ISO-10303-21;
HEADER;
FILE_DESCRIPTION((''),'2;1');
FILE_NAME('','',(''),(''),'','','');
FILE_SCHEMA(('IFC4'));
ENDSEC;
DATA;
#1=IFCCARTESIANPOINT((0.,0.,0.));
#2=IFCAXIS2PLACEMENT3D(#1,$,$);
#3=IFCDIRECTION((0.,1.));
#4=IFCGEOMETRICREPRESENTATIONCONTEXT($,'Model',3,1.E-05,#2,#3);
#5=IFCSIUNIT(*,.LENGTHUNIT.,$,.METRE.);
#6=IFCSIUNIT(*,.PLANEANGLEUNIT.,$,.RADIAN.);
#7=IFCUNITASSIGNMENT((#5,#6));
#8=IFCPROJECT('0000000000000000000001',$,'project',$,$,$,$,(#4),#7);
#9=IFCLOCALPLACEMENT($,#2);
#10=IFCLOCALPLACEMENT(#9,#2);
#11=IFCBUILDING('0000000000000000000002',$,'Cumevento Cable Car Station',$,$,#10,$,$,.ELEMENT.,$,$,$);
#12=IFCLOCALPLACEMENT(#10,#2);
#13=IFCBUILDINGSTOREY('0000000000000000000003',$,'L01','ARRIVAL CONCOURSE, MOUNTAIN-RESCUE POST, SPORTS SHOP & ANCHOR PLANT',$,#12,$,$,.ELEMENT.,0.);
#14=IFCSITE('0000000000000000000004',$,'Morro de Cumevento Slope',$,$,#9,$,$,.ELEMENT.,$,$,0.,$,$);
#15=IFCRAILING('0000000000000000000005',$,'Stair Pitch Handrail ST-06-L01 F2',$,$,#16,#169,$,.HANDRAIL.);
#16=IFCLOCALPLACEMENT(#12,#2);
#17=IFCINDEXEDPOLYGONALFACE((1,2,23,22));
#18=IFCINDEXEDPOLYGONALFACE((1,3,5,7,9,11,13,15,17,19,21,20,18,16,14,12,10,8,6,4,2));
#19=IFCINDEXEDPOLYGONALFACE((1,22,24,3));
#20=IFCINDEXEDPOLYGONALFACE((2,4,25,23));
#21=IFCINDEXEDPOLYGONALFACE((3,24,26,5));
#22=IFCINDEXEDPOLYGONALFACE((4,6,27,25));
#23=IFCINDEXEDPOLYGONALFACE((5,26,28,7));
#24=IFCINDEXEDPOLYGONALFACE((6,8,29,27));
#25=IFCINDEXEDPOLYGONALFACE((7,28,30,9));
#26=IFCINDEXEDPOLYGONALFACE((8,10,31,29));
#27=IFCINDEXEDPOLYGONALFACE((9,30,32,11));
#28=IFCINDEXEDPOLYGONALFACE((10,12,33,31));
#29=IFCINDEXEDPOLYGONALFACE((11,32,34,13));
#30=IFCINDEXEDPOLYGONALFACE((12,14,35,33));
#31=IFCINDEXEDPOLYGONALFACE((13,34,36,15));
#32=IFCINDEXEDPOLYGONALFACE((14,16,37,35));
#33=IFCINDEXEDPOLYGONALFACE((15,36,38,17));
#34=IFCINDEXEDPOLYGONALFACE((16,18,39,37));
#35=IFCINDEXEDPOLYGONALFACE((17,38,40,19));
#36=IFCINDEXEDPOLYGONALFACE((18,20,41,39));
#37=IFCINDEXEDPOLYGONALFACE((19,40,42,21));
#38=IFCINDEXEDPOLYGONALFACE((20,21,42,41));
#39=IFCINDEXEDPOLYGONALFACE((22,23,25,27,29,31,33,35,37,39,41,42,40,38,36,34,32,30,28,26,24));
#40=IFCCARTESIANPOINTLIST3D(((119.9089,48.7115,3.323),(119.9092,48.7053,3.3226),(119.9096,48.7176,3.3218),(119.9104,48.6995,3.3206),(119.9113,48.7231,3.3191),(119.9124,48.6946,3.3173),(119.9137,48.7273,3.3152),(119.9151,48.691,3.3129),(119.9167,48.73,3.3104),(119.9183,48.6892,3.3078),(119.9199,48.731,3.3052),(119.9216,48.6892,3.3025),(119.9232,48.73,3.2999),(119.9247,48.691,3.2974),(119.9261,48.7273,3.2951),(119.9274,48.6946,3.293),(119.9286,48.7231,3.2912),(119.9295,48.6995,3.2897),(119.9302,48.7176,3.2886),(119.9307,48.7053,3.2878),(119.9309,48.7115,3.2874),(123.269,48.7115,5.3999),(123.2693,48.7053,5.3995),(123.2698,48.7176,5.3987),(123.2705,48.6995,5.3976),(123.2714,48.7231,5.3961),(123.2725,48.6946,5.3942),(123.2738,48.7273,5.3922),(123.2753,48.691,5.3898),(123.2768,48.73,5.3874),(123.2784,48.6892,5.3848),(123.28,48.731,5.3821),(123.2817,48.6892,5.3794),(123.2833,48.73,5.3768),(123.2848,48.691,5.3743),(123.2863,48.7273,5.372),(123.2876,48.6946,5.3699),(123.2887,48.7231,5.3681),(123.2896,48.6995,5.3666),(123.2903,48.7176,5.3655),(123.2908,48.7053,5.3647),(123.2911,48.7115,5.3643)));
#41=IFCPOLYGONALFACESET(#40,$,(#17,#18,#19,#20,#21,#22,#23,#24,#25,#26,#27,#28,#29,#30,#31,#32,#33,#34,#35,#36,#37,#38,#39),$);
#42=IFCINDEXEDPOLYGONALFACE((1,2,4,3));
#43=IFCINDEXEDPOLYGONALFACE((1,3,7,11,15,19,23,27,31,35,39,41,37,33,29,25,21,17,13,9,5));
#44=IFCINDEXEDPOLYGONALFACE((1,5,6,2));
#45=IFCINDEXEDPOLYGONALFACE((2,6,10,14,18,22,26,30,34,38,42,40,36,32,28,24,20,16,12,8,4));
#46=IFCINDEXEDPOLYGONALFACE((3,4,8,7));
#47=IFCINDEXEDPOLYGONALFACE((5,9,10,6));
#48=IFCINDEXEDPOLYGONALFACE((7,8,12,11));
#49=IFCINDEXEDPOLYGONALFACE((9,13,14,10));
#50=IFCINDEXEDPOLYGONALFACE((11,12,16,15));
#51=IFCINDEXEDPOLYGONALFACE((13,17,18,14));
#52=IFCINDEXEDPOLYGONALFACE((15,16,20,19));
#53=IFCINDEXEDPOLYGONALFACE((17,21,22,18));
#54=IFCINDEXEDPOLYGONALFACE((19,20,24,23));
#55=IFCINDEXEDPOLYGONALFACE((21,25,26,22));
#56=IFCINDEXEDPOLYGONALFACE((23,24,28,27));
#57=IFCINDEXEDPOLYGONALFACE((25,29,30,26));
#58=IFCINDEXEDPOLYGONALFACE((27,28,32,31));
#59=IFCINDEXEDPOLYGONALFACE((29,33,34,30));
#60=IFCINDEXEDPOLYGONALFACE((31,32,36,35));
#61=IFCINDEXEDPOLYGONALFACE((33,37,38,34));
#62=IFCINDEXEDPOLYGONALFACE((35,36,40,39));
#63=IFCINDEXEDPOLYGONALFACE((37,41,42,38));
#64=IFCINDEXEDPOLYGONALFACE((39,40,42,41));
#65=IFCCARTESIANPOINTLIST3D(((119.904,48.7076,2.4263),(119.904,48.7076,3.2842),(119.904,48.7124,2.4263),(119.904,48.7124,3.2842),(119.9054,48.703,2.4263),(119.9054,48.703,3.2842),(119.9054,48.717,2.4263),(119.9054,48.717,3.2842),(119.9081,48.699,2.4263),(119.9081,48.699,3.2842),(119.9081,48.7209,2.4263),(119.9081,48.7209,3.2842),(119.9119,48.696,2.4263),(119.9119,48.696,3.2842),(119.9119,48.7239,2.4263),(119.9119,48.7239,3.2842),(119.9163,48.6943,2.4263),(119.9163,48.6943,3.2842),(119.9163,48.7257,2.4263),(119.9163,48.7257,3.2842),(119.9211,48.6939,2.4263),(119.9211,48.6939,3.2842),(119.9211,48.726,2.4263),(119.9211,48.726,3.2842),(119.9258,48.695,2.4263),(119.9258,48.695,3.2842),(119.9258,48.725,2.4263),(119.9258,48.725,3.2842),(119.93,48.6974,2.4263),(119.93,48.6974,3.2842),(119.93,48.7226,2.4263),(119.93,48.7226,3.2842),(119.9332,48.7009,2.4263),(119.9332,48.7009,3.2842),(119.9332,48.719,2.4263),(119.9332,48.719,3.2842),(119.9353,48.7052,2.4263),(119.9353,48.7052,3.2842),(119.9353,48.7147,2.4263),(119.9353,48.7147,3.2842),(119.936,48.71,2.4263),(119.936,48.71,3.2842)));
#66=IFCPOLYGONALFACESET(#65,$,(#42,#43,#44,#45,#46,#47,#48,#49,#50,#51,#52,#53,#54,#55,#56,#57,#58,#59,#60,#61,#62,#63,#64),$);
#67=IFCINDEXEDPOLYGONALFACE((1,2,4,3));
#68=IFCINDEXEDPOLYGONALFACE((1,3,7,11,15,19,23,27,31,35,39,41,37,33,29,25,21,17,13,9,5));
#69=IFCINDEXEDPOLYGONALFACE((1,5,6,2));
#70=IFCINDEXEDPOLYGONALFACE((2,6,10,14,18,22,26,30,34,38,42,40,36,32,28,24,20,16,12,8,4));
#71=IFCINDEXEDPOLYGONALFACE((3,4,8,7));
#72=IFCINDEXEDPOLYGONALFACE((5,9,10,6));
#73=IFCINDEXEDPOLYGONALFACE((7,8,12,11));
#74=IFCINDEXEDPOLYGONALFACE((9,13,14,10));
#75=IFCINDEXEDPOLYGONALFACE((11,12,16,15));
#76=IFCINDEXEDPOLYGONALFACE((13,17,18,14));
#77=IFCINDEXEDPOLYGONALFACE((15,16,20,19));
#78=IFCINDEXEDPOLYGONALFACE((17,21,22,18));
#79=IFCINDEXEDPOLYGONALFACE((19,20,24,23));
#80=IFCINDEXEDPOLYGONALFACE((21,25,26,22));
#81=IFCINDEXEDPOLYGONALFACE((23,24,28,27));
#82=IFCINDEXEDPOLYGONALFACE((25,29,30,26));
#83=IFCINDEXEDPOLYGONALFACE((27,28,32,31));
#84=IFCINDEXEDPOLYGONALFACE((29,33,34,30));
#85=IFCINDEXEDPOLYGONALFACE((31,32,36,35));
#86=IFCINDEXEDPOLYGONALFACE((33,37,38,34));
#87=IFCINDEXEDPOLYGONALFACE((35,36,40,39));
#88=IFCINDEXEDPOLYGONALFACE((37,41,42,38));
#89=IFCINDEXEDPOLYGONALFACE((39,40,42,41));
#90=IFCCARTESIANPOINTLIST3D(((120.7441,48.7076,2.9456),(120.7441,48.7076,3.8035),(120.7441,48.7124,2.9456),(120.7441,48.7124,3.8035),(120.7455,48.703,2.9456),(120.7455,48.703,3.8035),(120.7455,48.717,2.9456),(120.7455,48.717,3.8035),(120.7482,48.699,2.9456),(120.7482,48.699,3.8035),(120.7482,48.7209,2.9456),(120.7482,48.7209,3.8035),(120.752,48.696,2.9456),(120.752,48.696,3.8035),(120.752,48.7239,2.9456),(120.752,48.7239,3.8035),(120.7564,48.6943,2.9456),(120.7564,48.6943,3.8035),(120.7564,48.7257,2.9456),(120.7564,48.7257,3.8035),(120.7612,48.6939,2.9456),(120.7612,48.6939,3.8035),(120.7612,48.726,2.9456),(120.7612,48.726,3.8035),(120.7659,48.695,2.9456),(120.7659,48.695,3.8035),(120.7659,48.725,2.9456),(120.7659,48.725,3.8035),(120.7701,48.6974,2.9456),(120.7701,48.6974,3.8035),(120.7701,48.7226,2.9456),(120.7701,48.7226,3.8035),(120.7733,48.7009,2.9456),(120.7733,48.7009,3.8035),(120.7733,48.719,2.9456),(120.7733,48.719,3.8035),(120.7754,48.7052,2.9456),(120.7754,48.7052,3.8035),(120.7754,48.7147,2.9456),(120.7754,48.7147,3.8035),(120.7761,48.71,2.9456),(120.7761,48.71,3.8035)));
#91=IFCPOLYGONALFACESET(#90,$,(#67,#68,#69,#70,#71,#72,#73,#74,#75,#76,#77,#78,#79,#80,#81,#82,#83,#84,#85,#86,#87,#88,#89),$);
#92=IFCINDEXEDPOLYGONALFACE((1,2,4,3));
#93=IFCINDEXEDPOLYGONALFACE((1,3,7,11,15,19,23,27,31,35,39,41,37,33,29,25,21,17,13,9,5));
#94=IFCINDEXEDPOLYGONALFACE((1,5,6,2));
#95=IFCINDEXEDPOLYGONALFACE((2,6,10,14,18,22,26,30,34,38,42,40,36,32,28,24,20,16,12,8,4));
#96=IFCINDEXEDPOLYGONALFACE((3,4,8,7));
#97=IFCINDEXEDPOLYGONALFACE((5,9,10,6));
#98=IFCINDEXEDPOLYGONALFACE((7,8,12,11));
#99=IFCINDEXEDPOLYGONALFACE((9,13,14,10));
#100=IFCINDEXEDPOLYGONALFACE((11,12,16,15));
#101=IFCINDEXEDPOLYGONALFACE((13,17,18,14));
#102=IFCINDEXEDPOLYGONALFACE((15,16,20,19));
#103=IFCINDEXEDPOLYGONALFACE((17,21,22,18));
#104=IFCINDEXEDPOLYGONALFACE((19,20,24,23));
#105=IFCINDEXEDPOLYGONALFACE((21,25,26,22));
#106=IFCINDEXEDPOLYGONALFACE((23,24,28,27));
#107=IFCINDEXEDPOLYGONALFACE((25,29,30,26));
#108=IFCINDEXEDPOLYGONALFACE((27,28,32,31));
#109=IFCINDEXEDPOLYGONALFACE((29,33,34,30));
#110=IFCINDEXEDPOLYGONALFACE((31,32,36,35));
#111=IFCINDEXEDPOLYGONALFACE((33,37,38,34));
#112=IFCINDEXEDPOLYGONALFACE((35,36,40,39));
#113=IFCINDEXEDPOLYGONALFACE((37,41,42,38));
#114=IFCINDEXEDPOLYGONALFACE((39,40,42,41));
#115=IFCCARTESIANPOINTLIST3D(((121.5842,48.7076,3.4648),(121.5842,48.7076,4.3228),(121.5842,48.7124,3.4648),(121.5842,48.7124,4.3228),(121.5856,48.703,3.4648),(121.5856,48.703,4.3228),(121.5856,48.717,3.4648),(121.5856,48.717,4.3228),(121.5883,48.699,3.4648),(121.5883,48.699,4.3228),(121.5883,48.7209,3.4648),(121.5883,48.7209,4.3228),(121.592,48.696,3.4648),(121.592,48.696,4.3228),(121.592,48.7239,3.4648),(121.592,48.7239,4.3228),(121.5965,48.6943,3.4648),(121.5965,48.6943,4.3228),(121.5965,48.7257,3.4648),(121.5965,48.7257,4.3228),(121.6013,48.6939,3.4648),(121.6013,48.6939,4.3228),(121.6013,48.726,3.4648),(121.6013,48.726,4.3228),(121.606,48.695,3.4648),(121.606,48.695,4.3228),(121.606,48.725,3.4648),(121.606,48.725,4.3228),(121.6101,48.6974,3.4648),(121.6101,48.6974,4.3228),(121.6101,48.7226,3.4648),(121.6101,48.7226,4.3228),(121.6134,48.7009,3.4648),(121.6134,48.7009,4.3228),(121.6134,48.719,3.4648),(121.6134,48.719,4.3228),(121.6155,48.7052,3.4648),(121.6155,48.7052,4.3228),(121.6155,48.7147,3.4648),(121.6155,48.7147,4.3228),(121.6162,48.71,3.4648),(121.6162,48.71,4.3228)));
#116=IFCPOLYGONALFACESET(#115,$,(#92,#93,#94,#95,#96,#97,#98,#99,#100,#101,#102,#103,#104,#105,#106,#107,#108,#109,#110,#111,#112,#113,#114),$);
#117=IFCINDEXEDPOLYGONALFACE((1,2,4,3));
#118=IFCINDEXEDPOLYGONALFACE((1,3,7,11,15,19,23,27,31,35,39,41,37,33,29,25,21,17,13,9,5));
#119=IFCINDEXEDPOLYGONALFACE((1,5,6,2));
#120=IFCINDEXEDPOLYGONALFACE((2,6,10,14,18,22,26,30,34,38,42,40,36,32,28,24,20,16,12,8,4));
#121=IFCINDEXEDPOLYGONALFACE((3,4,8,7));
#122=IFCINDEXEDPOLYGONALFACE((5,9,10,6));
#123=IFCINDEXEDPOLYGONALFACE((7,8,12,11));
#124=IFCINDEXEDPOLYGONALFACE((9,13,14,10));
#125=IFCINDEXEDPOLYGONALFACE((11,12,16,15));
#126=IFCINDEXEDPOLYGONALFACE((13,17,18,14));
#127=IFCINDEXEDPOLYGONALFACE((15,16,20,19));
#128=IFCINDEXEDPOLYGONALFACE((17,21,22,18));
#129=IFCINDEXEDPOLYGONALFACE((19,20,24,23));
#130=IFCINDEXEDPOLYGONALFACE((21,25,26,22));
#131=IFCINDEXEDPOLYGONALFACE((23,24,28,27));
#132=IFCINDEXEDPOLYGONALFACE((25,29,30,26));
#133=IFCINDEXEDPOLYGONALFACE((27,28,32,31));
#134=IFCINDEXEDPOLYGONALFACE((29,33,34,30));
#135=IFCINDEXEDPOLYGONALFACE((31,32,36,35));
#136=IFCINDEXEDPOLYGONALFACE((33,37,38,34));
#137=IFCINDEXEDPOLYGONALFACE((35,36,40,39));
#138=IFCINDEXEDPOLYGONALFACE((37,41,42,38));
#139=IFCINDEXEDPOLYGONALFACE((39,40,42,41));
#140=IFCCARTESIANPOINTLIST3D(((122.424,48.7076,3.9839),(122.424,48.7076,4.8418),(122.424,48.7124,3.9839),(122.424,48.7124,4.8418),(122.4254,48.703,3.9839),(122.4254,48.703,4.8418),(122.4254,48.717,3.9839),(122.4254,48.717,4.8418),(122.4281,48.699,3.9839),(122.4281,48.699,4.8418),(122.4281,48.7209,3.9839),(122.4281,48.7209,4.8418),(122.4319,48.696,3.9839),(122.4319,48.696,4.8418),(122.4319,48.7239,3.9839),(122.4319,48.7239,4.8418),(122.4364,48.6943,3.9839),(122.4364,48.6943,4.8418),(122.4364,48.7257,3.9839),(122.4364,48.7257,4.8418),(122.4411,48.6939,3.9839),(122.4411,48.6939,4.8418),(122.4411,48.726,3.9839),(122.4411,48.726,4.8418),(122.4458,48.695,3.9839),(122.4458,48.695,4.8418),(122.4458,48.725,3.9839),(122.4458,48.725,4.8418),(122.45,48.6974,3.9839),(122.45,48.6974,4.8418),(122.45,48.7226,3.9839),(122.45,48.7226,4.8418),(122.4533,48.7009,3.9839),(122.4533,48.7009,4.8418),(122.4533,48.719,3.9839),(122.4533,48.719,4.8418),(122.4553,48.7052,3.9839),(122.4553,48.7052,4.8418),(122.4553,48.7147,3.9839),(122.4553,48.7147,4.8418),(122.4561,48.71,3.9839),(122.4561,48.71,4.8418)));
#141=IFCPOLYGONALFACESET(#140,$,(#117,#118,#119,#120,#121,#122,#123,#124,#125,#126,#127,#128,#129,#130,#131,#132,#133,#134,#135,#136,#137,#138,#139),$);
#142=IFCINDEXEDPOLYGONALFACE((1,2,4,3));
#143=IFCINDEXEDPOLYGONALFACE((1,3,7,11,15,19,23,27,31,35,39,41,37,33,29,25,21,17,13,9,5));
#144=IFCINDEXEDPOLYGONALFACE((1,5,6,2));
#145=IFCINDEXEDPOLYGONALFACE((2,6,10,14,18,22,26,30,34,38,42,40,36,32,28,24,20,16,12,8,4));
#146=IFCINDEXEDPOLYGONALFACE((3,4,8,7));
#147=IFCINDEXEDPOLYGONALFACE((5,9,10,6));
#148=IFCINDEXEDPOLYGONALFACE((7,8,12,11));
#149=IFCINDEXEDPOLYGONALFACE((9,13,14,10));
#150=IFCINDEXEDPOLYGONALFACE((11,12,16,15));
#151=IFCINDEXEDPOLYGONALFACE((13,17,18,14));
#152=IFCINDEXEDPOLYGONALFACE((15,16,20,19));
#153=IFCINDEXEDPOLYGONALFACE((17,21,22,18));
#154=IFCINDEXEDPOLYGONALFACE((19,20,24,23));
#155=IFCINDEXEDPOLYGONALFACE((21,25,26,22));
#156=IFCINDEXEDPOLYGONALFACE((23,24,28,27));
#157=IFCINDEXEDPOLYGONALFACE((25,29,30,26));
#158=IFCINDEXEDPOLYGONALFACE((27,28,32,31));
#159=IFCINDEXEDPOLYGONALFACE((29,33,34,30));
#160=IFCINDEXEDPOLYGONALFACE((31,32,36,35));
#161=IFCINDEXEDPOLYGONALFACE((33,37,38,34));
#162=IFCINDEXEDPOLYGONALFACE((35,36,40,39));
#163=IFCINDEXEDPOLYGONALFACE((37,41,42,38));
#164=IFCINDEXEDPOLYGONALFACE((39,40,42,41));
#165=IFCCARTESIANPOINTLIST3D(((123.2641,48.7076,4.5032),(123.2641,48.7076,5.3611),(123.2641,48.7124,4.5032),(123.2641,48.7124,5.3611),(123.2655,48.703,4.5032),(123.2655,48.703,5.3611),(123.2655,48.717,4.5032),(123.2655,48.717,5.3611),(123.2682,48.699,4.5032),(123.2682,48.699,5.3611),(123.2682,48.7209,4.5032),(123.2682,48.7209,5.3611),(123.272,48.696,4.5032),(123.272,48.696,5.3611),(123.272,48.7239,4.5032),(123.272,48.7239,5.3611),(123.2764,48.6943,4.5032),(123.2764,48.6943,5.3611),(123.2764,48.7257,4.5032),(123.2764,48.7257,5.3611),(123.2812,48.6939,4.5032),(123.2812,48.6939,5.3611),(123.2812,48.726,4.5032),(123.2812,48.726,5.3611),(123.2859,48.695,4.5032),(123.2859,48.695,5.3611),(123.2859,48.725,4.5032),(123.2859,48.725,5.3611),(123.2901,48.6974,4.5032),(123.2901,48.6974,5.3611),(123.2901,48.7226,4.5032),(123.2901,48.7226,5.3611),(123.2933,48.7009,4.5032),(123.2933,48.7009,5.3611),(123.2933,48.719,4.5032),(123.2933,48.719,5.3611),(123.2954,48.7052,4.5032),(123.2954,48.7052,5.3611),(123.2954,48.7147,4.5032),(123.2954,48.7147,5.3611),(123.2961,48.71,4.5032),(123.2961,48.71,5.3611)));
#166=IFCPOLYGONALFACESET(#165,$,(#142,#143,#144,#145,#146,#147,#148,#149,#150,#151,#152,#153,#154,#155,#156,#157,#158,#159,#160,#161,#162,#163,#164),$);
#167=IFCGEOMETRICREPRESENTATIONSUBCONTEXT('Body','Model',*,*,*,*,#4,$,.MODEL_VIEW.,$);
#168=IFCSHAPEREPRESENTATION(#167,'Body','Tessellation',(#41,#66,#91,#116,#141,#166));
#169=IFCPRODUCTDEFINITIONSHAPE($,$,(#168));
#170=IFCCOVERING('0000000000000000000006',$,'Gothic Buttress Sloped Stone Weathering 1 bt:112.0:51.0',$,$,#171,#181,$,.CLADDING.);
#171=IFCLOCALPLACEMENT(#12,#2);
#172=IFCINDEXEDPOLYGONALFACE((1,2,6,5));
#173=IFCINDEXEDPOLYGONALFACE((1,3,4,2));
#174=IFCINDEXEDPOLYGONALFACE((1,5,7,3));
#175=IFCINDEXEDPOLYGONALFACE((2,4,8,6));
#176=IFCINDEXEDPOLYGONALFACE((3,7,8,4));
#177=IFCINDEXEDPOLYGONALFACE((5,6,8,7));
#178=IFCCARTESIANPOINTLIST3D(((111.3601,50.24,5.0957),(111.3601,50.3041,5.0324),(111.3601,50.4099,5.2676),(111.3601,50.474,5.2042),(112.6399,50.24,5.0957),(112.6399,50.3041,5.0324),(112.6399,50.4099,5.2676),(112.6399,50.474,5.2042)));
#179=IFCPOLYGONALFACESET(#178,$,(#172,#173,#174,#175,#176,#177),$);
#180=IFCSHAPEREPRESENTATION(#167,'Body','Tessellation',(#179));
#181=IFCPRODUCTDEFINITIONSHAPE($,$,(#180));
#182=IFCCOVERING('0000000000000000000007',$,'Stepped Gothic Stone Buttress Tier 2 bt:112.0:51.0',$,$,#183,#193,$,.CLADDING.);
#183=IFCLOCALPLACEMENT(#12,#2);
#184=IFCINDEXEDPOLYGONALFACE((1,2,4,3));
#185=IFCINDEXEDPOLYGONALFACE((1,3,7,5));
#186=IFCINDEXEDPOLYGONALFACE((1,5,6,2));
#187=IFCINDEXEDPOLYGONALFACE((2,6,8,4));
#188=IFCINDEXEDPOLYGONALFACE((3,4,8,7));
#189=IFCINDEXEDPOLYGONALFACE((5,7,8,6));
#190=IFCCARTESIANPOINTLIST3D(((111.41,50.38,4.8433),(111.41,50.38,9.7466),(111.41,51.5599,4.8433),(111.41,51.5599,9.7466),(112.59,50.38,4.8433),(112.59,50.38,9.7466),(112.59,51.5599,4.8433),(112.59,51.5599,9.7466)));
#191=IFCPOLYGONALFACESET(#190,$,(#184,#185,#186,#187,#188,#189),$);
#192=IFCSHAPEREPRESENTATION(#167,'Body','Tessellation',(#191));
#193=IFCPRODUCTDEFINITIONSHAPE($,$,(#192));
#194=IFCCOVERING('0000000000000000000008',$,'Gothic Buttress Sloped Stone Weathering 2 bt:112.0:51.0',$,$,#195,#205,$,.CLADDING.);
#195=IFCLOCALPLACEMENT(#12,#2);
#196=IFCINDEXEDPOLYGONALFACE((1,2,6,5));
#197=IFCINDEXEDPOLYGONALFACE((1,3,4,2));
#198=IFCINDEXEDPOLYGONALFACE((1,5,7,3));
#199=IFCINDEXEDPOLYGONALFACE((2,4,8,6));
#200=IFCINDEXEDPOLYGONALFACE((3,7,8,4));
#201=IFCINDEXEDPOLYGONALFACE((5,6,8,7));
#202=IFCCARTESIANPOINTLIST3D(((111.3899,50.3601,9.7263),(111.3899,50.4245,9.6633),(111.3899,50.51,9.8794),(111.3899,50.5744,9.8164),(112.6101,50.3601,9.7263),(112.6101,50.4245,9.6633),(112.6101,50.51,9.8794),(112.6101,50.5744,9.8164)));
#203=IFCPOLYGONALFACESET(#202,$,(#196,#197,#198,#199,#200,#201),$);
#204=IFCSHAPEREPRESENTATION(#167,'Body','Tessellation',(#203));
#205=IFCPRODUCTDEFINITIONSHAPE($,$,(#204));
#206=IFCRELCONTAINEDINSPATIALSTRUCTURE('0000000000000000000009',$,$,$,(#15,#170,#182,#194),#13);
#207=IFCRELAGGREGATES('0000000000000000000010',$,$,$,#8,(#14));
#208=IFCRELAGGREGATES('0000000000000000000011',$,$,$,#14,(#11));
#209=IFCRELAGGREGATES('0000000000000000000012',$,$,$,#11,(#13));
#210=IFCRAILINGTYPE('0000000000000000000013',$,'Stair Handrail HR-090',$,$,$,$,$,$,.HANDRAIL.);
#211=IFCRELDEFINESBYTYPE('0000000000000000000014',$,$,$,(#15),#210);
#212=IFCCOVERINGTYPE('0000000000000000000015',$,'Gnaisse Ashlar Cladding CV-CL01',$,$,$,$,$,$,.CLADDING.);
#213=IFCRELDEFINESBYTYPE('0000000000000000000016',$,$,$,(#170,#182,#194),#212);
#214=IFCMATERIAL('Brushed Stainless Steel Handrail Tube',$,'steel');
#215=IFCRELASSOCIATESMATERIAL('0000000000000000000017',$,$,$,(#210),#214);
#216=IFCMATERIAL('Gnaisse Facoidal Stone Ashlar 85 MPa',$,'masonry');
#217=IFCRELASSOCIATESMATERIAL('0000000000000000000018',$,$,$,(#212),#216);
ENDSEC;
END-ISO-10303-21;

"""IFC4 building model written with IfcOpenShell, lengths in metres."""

from ifc_helpers import new_model, si_unit, direction, frame, origin, origin_2d, place, context, subcontext, project, spatial, polyline, rectangle, circle, outline, extrude, material, type_object, element, save


model = new_model("IFC4")

# Units and contexts
model_context = context("Model", 3, precision=1e-05, world=origin(), true_north=direction((0.0, 1.0)))
body_context = subcontext(model_context, "Body", "Model", "MODEL_VIEW")
ifc_project = project(units=[si_unit("LENGTHUNIT", "METRE"), si_unit("PLANEANGLEUNIT", "RADIAN")], contexts=[model_context])

# Site, building, storey
site_placement = place(None, origin())
site = spatial("IfcSite", under=ifc_project, at=site_placement, Name="Morro de Cumevento Slope", CompositionType="ELEMENT", RefElevation=0.0)
building_placement = place(site_placement, origin())
building = spatial("IfcBuilding", under=site, at=building_placement, Name="Cumevento Cable Car Station", CompositionType="ELEMENT")
storey_placement = place(building_placement, origin())
storey = spatial("IfcBuildingStorey", under=building, at=storey_placement, Name="L01", Description="ARRIVAL CONCOURSE, MOUNTAIN-RESCUE POST, SPORTS SHOP & ANCHOR PLANT", CompositionType="ELEMENT", Elevation=0.0)

# Railing
ifc_material_1 = material(Name="Brushed Stainless Steel Handrail Tube", Category="steel")
railing_type_1 = type_object("IfcRailingType", Name="Stair Handrail HR-090", PredefinedType="HANDRAIL", material=ifc_material_1)
railing_1_placement = place(storey_placement, frame((119.9199, 48.71, 2.4263)))
element("IfcRailing", 1, at=railing_1_placement, inside=storey, type_object=railing_type_1, Name="Stair Pitch Handrail ST-06-L01 F2", PredefinedType="HANDRAIL", context=body_context, shape_type="SweptSolid", body=[
    extrude(circle(Radius=0.021, at=origin_2d()), frame((0.0, 0.0, 0.8789), z_axis=(0.850623, 0.0, 0.525776), x_axis=(0.0, 1.0, 0.0)), (0.0, 0.0, 1.0), 3.9502),
    extrude(circle(Radius=0.0161, at=origin_2d()), origin(), (0.0, 0.0, 1.0), 0.8579),
    extrude(circle(Radius=0.0161, at=origin_2d()), frame((0.8401, 0.0, 0.5193)), (0.0, 0.0, 1.0), 0.8579),
    extrude(circle(Radius=0.0161, at=origin_2d()), frame((1.6802, 0.0, 1.0386)), (0.0, 0.0, 1.0), 0.8579),
    extrude(circle(Radius=0.0161, at=origin_2d()), frame((2.52, 0.0, 1.5576)), (0.0, 0.0, 1.0), 0.8579),
    extrude(circle(Radius=0.0161, at=origin_2d()), frame((3.3601, 0.0, 2.0769)), (0.0, 0.0, 1.0), 0.8579),
])

# Coverings
ifc_material_2 = material(Name="Gnaisse Facoidal Stone Ashlar 85 MPa", Category="masonry")
covering_type = type_object("IfcCoveringType", Name="Gnaisse Ashlar Cladding CV-CL01", PredefinedType="CLADDING", material=ifc_material_2)
covering_1_placement = place(storey_placement, frame((111.3601, 50.24, 5.0957), z_axis=(0.0, -0.711136, 0.703055), x_axis=(1.0, 0.0, 0.0)))
element("IfcCovering", 2, at=covering_1_placement, inside=storey, type_object=covering_type, Name="Gothic Buttress Sloped Stone Weathering 1 bt:112.0:51.0", PredefinedType="CLADDING", context=body_context, shape_type="SweptSolid", body=[
    extrude(outline(polyline([(0.0, 0.0), (1.2798, 0.0), (1.2798, 0.2417), (0.0, 0.2417), (0.0, 0.0)])), origin(), (0.0, 0.0, -1.0), 0.0901),
])
covering_2_placement = place(storey_placement, frame((112.0, 50.97, 4.8433), z_axis=(0.0, 0.0, 1.0), x_axis=(1.0, 0.0, 0.0)))
element("IfcCovering", 3, at=covering_2_placement, inside=storey, type_object=covering_type, Name="Stepped Gothic Stone Buttress Tier 2 bt:112.0:51.0", PredefinedType="CLADDING", context=body_context, shape_type="SweptSolid", body=[
    extrude(rectangle(XDim=1.1799, YDim=1.1799, at=origin_2d()), origin(), (0.0, 0.0, 1.0), 4.9033),
])
covering_3_placement = place(storey_placement, frame((111.3899, 50.3601, 9.7263), z_axis=(0.0, -0.714475, 0.699661), x_axis=(1.0, 0.0, 0.0)))
element("IfcCovering", 4, at=covering_3_placement, inside=storey, type_object=covering_type, Name="Gothic Buttress Sloped Stone Weathering 2 bt:112.0:51.0", PredefinedType="CLADDING", context=body_context, shape_type="SweptSolid", body=[
    extrude(outline(polyline([(0.0, 0.0), (1.2202, 0.0), (1.2202, 0.2142), (0.0, 0.2142), (0.0, 0.0)])), origin(), (0.0, 0.0, -1.0), 0.0901),
])

save(model, "model.ifc")
